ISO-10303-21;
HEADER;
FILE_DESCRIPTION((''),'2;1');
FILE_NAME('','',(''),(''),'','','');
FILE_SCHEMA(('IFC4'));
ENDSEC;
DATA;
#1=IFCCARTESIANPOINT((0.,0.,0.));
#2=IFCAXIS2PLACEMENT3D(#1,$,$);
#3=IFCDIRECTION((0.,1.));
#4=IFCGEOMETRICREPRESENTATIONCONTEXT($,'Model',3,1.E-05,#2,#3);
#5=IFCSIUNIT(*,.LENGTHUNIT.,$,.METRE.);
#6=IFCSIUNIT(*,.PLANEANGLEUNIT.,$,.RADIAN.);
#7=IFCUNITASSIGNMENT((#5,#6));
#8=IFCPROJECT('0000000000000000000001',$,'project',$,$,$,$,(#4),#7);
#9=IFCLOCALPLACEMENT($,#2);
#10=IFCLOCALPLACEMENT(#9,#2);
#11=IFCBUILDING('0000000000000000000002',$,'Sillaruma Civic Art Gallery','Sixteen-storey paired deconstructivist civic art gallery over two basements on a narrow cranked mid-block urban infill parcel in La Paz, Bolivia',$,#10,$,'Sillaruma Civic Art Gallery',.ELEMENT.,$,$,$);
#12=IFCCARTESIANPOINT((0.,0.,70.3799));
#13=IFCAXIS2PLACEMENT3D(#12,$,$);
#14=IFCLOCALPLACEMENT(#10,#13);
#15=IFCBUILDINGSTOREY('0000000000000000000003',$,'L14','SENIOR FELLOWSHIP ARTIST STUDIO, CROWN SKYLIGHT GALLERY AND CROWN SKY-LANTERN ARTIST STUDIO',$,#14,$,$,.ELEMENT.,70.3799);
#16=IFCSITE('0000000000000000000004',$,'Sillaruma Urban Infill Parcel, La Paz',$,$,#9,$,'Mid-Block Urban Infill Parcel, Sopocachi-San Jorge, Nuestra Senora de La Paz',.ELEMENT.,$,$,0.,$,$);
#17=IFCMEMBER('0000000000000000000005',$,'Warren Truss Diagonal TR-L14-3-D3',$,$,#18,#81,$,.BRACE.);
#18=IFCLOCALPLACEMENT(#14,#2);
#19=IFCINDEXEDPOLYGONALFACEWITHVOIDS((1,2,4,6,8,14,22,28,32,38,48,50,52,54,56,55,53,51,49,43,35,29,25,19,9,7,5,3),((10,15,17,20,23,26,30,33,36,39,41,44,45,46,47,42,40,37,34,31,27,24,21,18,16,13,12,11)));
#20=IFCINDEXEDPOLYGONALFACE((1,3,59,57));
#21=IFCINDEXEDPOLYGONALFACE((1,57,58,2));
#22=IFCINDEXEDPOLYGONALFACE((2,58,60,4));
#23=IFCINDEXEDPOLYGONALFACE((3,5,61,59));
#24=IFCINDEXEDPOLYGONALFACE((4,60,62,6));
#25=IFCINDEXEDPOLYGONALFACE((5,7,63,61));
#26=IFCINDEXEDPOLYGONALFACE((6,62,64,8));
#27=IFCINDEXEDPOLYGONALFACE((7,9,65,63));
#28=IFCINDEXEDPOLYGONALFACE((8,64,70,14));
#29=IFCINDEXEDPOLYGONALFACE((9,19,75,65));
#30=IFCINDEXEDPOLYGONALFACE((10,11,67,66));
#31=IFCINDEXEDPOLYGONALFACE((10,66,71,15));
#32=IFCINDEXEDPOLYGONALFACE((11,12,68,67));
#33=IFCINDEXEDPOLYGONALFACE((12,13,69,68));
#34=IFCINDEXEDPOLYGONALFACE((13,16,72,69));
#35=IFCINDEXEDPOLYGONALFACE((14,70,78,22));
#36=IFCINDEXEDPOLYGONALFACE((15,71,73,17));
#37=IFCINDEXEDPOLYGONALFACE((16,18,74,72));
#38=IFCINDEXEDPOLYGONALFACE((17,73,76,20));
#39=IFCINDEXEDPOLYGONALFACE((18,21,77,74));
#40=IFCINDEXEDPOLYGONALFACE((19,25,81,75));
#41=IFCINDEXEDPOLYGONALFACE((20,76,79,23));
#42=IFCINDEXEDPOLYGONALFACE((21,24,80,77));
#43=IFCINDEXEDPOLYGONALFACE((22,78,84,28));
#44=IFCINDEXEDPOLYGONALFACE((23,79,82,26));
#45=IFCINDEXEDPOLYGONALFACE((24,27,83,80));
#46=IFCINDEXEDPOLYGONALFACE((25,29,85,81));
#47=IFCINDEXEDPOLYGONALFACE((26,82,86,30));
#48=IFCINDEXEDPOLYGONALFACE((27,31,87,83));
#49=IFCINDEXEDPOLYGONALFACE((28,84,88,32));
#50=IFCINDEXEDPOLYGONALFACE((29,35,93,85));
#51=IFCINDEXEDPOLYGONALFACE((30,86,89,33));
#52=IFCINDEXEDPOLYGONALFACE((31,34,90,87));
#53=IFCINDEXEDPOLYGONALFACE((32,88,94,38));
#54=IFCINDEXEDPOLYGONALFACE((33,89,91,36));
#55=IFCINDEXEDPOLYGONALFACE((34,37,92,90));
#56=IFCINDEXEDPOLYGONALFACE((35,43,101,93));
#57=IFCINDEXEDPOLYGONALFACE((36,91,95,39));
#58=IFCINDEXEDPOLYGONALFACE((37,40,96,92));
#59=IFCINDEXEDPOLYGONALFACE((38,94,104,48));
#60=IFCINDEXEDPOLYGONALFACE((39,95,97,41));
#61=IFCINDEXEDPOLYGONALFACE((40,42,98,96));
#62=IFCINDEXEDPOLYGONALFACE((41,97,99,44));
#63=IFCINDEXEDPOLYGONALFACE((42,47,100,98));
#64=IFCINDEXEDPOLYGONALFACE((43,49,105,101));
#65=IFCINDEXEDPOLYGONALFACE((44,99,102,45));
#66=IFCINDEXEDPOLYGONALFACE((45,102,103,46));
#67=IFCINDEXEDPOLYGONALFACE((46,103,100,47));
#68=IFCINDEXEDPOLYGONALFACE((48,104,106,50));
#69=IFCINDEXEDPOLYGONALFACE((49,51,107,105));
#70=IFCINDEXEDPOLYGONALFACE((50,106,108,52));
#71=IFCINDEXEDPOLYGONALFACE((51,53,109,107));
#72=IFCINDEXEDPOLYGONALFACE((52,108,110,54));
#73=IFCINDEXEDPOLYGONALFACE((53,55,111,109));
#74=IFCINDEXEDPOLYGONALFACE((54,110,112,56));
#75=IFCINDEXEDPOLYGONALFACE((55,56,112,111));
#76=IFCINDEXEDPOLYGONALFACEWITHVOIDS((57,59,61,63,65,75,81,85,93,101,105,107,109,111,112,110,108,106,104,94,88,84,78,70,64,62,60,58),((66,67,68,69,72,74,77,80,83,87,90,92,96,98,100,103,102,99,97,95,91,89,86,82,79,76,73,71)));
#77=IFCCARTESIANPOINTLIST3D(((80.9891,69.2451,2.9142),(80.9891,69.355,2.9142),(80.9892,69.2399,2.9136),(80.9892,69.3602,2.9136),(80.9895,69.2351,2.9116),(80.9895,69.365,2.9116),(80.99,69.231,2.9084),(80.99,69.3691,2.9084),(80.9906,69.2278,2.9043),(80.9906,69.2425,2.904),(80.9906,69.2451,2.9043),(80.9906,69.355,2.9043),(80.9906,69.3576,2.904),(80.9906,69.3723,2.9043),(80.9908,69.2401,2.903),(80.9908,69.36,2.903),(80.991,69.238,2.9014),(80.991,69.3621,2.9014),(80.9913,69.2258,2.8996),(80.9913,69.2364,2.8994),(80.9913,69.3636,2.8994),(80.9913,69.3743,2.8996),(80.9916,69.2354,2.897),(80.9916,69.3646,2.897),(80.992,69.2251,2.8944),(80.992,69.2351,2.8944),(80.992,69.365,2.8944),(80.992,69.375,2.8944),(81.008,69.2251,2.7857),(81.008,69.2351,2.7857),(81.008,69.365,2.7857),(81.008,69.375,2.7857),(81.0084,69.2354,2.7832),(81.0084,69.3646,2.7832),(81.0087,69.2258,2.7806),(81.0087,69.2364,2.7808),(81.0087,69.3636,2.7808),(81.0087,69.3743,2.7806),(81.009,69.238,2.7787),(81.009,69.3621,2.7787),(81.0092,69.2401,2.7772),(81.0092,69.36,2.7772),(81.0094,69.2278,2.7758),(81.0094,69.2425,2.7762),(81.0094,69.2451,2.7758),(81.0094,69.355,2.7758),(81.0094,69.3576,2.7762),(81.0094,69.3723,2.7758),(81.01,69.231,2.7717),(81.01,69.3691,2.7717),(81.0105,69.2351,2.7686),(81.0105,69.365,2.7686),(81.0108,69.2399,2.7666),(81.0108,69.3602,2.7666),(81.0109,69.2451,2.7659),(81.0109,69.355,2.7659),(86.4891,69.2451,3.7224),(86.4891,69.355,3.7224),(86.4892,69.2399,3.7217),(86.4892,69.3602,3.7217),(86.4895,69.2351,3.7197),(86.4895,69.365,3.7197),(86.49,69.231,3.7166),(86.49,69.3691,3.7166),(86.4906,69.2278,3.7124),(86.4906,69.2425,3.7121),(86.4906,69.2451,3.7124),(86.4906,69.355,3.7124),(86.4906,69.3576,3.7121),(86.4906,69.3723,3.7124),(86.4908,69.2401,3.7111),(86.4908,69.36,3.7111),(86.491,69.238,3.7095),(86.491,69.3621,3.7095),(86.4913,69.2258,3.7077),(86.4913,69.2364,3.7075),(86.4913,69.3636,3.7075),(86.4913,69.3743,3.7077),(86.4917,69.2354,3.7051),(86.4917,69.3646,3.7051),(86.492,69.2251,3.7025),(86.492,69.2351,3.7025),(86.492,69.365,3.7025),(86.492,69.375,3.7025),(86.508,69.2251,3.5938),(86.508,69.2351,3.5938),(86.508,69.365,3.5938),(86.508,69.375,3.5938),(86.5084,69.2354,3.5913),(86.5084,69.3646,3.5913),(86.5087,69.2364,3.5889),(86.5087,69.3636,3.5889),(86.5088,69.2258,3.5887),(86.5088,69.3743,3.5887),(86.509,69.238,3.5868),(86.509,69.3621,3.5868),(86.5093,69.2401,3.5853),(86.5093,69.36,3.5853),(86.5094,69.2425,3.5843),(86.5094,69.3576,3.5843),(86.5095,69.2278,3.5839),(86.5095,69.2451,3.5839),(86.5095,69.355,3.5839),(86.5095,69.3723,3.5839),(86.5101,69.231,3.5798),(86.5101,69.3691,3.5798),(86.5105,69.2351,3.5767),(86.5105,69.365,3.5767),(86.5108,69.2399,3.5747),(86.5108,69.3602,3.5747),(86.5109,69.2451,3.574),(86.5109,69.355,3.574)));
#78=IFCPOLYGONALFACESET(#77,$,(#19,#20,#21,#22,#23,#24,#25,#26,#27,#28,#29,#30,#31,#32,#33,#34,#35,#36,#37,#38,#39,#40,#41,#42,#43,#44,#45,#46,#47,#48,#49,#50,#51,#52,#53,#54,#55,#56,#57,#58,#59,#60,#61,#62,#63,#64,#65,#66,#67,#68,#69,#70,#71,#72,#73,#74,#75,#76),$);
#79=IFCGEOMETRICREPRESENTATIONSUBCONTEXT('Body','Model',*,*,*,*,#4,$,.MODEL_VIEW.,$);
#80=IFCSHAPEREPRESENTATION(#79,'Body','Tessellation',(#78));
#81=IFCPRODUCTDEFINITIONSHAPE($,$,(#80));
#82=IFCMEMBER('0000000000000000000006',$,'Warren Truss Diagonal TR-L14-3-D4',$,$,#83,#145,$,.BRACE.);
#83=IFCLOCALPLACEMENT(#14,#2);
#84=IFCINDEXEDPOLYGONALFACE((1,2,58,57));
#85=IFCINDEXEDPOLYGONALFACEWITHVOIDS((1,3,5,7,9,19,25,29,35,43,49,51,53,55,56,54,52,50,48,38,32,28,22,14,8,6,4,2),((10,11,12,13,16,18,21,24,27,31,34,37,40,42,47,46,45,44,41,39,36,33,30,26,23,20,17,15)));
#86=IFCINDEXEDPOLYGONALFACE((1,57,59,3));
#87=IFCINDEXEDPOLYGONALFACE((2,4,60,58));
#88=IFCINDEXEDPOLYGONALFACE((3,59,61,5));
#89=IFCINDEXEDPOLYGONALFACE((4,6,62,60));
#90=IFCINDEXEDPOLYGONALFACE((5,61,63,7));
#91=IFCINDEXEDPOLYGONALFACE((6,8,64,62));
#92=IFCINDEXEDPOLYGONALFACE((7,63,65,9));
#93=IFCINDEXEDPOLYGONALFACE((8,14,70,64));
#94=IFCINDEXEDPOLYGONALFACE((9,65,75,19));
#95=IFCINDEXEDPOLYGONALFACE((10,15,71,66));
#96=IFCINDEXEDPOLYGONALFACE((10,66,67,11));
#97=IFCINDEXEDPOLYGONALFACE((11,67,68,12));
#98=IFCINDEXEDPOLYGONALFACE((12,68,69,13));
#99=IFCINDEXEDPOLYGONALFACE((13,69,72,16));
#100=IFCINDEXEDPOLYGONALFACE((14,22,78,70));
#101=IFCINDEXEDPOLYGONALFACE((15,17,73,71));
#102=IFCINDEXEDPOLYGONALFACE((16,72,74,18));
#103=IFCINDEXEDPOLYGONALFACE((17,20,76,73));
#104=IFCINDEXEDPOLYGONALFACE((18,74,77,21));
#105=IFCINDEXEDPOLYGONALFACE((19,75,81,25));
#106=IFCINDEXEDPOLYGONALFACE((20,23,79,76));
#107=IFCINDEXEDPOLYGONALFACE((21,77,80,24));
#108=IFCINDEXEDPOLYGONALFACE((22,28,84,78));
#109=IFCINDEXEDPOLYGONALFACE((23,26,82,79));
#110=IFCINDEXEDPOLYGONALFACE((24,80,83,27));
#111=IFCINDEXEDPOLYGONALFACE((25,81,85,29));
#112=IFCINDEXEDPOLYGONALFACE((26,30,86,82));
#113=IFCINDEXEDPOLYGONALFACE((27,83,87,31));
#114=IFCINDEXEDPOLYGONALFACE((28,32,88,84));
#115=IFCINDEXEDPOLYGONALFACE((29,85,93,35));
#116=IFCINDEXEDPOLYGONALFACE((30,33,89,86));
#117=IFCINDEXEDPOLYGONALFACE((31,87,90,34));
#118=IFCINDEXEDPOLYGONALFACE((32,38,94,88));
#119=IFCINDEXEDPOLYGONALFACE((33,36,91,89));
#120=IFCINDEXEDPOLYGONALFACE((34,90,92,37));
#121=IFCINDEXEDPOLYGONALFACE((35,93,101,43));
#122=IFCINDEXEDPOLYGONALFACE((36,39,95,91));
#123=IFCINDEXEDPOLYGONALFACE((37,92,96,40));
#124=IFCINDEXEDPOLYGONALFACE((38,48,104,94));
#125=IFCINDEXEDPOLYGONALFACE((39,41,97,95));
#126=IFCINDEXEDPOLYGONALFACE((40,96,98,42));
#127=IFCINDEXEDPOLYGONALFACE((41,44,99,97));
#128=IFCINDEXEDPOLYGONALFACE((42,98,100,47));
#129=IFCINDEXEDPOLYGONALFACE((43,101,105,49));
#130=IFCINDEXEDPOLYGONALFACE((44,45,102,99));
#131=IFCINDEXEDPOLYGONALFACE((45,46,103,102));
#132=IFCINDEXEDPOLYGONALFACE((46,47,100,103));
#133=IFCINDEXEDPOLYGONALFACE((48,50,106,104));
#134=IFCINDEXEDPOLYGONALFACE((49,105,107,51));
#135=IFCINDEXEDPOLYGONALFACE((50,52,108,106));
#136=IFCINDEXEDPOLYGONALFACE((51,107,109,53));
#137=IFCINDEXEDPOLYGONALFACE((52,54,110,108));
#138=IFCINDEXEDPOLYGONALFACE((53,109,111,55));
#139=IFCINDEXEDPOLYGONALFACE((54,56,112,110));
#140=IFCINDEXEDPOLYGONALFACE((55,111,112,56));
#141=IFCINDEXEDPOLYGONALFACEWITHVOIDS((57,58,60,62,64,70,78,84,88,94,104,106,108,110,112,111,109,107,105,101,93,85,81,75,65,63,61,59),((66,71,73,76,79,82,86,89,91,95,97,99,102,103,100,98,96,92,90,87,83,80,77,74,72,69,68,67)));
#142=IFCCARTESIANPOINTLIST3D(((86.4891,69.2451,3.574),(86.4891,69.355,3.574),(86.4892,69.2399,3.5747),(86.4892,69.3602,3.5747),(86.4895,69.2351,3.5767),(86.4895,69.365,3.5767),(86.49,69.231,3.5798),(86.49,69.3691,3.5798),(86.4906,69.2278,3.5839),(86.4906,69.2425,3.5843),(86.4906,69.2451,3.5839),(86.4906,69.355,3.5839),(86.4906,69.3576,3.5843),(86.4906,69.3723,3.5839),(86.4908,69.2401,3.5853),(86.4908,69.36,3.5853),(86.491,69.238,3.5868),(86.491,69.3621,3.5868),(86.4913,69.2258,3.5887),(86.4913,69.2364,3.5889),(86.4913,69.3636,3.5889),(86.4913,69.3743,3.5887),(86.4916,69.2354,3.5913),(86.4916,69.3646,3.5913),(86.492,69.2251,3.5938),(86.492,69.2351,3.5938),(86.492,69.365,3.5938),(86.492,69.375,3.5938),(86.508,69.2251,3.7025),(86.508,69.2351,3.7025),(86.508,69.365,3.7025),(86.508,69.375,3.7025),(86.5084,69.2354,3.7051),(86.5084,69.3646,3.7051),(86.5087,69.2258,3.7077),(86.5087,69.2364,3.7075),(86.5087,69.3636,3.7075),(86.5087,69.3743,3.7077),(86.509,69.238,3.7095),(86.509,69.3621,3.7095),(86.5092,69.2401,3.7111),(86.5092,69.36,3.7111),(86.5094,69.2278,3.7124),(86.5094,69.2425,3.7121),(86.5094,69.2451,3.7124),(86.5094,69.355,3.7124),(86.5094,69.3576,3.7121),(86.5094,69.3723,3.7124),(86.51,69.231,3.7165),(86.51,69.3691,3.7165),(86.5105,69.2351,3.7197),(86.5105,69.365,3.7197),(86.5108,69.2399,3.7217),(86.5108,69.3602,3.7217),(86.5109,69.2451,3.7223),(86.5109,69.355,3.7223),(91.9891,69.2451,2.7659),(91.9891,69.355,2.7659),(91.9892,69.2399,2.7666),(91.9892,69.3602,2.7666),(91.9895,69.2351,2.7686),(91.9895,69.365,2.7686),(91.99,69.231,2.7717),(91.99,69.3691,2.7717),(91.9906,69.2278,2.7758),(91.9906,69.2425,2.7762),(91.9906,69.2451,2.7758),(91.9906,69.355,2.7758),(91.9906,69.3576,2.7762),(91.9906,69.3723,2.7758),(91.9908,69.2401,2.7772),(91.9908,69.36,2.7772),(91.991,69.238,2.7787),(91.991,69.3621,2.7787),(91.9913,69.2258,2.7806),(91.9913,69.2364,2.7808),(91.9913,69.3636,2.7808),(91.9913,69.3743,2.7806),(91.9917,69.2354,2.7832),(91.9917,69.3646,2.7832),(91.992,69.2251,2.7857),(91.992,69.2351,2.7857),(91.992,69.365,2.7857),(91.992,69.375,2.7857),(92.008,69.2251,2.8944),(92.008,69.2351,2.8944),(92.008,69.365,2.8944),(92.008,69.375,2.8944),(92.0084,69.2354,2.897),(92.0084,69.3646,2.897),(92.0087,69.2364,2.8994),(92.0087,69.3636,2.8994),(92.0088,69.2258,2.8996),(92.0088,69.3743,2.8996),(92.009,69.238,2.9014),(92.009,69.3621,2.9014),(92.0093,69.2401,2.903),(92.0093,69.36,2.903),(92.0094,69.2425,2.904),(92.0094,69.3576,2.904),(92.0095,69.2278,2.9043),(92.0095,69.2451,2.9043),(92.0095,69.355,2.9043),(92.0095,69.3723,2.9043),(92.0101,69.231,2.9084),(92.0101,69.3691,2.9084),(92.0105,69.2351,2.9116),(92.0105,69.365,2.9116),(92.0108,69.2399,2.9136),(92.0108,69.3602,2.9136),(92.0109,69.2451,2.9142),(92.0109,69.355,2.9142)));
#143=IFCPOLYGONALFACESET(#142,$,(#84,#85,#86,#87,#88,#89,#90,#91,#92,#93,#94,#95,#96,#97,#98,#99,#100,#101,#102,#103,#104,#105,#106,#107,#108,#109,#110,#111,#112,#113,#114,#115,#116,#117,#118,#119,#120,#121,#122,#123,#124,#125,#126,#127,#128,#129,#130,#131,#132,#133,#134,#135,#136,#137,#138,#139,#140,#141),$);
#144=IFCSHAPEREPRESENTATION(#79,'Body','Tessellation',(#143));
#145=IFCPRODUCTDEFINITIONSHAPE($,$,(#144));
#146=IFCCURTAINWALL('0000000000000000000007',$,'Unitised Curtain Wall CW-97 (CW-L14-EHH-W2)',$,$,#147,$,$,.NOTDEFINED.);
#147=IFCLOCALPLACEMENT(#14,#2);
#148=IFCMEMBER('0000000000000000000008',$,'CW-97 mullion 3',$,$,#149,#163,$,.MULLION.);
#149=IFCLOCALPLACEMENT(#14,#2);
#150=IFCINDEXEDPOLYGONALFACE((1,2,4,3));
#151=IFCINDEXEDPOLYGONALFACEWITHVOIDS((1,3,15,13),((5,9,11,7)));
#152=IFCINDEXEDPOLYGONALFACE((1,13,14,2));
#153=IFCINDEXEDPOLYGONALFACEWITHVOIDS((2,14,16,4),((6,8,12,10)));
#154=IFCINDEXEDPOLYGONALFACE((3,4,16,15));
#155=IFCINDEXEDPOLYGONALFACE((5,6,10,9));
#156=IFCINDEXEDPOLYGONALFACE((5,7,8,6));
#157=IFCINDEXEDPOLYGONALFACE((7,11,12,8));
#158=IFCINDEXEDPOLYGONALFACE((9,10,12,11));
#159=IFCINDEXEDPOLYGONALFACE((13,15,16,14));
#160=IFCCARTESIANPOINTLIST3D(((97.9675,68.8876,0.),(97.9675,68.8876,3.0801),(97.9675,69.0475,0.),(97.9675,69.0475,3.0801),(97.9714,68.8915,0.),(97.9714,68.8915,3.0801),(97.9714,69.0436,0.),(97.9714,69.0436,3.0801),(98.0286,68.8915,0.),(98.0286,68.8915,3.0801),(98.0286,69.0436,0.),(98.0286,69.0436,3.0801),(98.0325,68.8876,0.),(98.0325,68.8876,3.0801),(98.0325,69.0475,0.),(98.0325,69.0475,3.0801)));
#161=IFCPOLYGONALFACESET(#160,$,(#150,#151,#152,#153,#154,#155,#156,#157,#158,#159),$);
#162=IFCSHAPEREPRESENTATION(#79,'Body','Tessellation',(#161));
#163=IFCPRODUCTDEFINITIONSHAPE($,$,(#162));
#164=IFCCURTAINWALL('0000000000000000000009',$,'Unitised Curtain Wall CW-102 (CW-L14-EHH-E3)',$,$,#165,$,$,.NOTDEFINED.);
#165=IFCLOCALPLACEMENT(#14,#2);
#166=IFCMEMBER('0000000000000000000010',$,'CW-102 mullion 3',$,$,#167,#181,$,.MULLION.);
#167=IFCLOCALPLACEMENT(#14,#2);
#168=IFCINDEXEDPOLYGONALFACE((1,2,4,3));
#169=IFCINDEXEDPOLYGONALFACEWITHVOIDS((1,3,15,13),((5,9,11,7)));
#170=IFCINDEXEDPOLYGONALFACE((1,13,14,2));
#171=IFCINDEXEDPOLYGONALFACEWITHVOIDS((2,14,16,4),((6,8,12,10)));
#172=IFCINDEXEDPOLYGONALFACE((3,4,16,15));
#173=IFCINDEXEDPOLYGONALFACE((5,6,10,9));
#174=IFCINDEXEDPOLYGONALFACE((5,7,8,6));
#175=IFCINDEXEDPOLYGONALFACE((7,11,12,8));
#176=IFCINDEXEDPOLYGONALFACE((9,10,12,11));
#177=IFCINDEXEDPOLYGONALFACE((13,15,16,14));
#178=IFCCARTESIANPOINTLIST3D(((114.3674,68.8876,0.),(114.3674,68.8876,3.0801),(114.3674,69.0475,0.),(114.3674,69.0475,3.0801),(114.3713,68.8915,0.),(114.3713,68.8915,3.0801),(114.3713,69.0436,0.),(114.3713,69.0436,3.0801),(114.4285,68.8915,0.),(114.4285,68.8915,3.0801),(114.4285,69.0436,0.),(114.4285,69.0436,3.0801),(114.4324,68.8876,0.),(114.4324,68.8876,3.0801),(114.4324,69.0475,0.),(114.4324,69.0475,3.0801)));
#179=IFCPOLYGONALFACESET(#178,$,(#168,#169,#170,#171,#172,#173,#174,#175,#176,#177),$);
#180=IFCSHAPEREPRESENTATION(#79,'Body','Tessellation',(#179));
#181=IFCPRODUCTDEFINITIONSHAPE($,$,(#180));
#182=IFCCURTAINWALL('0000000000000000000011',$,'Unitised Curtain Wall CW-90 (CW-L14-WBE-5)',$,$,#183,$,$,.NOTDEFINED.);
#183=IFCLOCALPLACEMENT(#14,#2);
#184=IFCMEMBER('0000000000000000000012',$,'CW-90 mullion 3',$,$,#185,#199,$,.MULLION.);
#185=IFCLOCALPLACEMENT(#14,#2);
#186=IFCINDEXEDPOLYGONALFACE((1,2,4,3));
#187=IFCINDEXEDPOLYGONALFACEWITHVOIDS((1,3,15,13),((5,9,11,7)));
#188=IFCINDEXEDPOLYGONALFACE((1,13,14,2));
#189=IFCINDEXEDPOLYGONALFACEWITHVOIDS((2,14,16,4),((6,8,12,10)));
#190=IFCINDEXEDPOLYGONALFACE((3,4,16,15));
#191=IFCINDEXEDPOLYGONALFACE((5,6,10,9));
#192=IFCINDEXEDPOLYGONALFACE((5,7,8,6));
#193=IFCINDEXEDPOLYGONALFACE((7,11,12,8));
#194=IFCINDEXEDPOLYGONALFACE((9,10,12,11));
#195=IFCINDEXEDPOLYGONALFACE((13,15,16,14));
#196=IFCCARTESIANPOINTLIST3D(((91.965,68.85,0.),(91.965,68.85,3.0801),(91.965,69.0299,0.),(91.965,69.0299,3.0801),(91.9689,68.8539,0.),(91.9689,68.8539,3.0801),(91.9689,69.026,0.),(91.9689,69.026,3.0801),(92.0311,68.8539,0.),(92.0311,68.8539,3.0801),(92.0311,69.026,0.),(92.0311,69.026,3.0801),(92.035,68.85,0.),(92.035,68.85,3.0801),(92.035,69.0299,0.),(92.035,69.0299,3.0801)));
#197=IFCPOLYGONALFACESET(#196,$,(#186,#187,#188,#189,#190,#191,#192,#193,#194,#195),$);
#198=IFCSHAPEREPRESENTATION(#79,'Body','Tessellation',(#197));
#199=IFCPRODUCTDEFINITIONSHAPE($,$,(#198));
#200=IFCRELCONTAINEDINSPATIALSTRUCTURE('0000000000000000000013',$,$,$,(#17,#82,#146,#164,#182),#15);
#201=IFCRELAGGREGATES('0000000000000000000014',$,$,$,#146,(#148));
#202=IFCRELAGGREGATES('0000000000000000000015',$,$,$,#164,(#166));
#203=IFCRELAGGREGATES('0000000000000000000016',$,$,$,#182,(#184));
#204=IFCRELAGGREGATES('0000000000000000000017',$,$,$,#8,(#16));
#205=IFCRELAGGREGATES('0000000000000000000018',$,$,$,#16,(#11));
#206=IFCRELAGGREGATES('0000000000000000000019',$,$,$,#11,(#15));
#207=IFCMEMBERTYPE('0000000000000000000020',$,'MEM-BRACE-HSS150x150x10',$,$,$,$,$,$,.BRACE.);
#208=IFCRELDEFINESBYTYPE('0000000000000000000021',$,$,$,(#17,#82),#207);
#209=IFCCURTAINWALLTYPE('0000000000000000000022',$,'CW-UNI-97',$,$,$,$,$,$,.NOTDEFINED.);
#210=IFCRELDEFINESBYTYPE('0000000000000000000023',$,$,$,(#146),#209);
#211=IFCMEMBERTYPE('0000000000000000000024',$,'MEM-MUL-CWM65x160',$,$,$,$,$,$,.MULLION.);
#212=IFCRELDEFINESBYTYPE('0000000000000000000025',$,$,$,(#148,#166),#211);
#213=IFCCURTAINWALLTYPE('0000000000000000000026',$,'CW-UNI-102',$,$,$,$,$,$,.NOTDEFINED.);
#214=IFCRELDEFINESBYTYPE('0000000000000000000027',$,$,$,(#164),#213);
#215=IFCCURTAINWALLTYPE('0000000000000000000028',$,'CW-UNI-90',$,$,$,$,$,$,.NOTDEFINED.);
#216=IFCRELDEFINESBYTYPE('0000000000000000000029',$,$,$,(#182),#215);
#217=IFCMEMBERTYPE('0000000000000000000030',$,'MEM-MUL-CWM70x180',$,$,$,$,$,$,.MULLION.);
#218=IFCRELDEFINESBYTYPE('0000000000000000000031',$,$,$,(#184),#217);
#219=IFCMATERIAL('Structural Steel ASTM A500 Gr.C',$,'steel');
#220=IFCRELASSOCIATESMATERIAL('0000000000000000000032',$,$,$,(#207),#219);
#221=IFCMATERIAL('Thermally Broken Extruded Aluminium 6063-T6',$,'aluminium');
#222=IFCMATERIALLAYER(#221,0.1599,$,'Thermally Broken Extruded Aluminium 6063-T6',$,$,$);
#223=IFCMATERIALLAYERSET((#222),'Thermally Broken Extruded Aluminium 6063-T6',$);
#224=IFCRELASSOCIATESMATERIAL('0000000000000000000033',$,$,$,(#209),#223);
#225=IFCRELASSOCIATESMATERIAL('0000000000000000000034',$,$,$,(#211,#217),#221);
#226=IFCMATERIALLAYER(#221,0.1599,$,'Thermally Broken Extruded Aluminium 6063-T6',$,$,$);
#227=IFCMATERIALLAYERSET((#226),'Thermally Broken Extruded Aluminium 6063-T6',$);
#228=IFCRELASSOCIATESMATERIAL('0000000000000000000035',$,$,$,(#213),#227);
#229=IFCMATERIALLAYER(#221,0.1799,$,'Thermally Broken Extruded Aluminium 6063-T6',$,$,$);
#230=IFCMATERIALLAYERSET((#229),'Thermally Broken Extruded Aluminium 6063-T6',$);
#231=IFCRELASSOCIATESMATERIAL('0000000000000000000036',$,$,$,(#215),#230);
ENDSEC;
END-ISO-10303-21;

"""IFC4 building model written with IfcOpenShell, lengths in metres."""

from ifc_helpers import new_model, si_unit, direction, frame, origin, origin_2d, place, context, subcontext, project, spatial, hollow_rectangle, extrude, material, layer, layer_set, material_profile, profile_set, type_object, element, aggregate, save


model = new_model("IFC4")

# Units and contexts
model_context = context("Model", 3, precision=1e-05, world=origin(), true_north=direction((0.0, 1.0)))
body_context = subcontext(model_context, "Body", "Model", "MODEL_VIEW")
ifc_project = project(units=[si_unit("LENGTHUNIT", "METRE"), si_unit("PLANEANGLEUNIT", "RADIAN")], contexts=[model_context])

# Site, building, storey
site_placement = place(None, origin())
site = spatial("IfcSite", under=ifc_project, at=site_placement, Name="Sillaruma Urban Infill Parcel, La Paz", LongName="Mid-Block Urban Infill Parcel, Sopocachi-San Jorge, Nuestra Senora de La Paz", CompositionType="ELEMENT", RefElevation=0.0)
building_placement = place(site_placement, origin())
building = spatial("IfcBuilding", under=site, at=building_placement, Name="Sillaruma Civic Art Gallery", Description="Sixteen-storey paired deconstructivist civic art gallery over two basements on a narrow cranked mid-block urban infill parcel in La Paz, Bolivia", LongName="Sillaruma Civic Art Gallery", CompositionType="ELEMENT")
storey_placement = place(building_placement, frame((0.0, 0.0, 70.3799)))
storey = spatial("IfcBuildingStorey", under=building, at=storey_placement, Name="L14", Description="SENIOR FELLOWSHIP ARTIST STUDIO, CROWN SKYLIGHT GALLERY AND CROWN SKY-LANTERN ARTIST STUDIO", CompositionType="ELEMENT", Elevation=70.3799)

# Members
ifc_material_1 = material(Name="Structural Steel ASTM A500 Gr.C", Category="steel")
ifc_material_profile_1 = material_profile(ifc_material_1, hollow_rectangle(XDim=0.1499, YDim=0.1499, WallThickness=0.01, InnerFilletRadius=0.01, OuterFilletRadius=0.02, at=origin_2d()), Name="HSS150x150x10")
ifc_profile_set_1 = profile_set([ifc_material_profile_1], Name="Structural Steel ASTM A500 Gr.C")
member_type_1 = type_object("IfcMemberType", Name="MEM-BRACE-HSS150x150x10", PredefinedType="BRACE", material=ifc_profile_set_1)
for number, where, z_axis, x_axis, name in (
    (1, (81.0, 69.3, 2.8401), (0.989378, 0.0, 0.145368), (0.0, 1.0, 0.0), "Warren Truss Diagonal TR-L14-3-D3"),
    (2, (86.5, 69.3, 3.6482), (0.989378, 0.0, -0.145368), (0.0, 1.0, 0.0), "Warren Truss Diagonal TR-L14-3-D4"),
):
    element("IfcMember", number, at=place(storey_placement, frame(where, z_axis=z_axis, x_axis=x_axis)), inside=storey, type_object=member_type_1, Name=name, PredefinedType="BRACE", context=body_context, shape_type="SweptSolid", body=[
        extrude(hollow_rectangle(XDim=0.1499, YDim=0.1499, WallThickness=0.01, InnerFilletRadius=0.01, OuterFilletRadius=0.02, at=origin_2d()), origin(), (0.0, 0.0, 1.0), 5.5591),
    ])

# Curtain walls, members
ifc_material_2 = material(Name="Thermally Broken Extruded Aluminium 6063-T6", Category="aluminium")
ifc_layer_1 = layer(ifc_material_2, 0.1599, Name="Thermally Broken Extruded Aluminium 6063-T6")
ifc_layer_set_1 = layer_set([ifc_layer_1], Name="Thermally Broken Extruded Aluminium 6063-T6")
curtain_wall_type_1 = type_object("IfcCurtainWallType", Name="CW-UNI-97", PredefinedType="NOTDEFINED", material=ifc_layer_set_1)
curtain_wall_1_placement = place(storey_placement, origin())
curtain_wall_1 = element("IfcCurtainWall", 3, at=curtain_wall_1_placement, inside=storey, type_object=curtain_wall_type_1, Name="Unitised Curtain Wall CW-97 (CW-L14-EHH-W2)", PredefinedType="NOTDEFINED")
ifc_material_profile_2 = material_profile(ifc_material_2, hollow_rectangle(XDim=0.0649, YDim=0.1599, WallThickness=0.0039, at=origin_2d()), Name="CWM65x160")
ifc_profile_set_2 = profile_set([ifc_material_profile_2], Name="Thermally Broken Extruded Aluminium 6063-T6")
member_type_2 = type_object("IfcMemberType", Name="MEM-MUL-CWM65x160", PredefinedType="MULLION", material=ifc_profile_set_2)
member_1_placement = place(storey_placement, frame((98.0, 68.9675, 0.0), z_axis=(0.0, 0.0, 1.0), x_axis=(-1.0, 0.0, 0.0)))
member_1 = element("IfcMember", 4, at=member_1_placement, type_object=member_type_2, Name="CW-97 mullion 3", PredefinedType="MULLION", context=body_context, shape_type="SweptSolid", body=[
    extrude(hollow_rectangle(XDim=0.0649, YDim=0.1599, WallThickness=0.0039, at=origin_2d()), origin(), (0.0, 0.0, 1.0), 3.0801),
])
ifc_layer_2 = layer(ifc_material_2, 0.1599, Name="Thermally Broken Extruded Aluminium 6063-T6")
ifc_layer_set_2 = layer_set([ifc_layer_2], Name="Thermally Broken Extruded Aluminium 6063-T6")
curtain_wall_type_2 = type_object("IfcCurtainWallType", Name="CW-UNI-102", PredefinedType="NOTDEFINED", material=ifc_layer_set_2)
curtain_wall_2_placement = place(storey_placement, origin())
curtain_wall_2 = element("IfcCurtainWall", 5, at=curtain_wall_2_placement, inside=storey, type_object=curtain_wall_type_2, Name="Unitised Curtain Wall CW-102 (CW-L14-EHH-E3)", PredefinedType="NOTDEFINED")
member_2_placement = place(storey_placement, frame((114.3999, 68.9675, 0.0), z_axis=(0.0, 0.0, 1.0), x_axis=(-1.0, 0.0, 0.0)))
member_2 = element("IfcMember", 6, at=member_2_placement, type_object=member_type_2, Name="CW-102 mullion 3", PredefinedType="MULLION", context=body_context, shape_type="SweptSolid", body=[
    extrude(hollow_rectangle(XDim=0.0649, YDim=0.1599, WallThickness=0.0039, at=origin_2d()), origin(), (0.0, 0.0, 1.0), 3.0801),
])
ifc_layer_3 = layer(ifc_material_2, 0.1799, Name="Thermally Broken Extruded Aluminium 6063-T6")
ifc_layer_set_3 = layer_set([ifc_layer_3], Name="Thermally Broken Extruded Aluminium 6063-T6")
curtain_wall_type_3 = type_object("IfcCurtainWallType", Name="CW-UNI-90", PredefinedType="NOTDEFINED", material=ifc_layer_set_3)
curtain_wall_3_placement = place(storey_placement, origin())
curtain_wall_3 = element("IfcCurtainWall", 7, at=curtain_wall_3_placement, inside=storey, type_object=curtain_wall_type_3, Name="Unitised Curtain Wall CW-90 (CW-L14-WBE-5)", PredefinedType="NOTDEFINED")
ifc_material_profile_3 = material_profile(ifc_material_2, hollow_rectangle(XDim=0.0701, YDim=0.1799, WallThickness=0.0039, at=origin_2d()), Name="CWM70x180")
ifc_profile_set_3 = profile_set([ifc_material_profile_3], Name="Thermally Broken Extruded Aluminium 6063-T6")
member_type_3 = type_object("IfcMemberType", Name="MEM-MUL-CWM70x180", PredefinedType="MULLION", material=ifc_profile_set_3)
member_3_placement = place(storey_placement, frame((92.0, 68.9399, 0.0), z_axis=(0.0, 0.0, 1.0), x_axis=(-1.0, 0.0, 0.0)))
member_3 = element("IfcMember", 8, at=member_3_placement, type_object=member_type_3, Name="CW-90 mullion 3", PredefinedType="MULLION", context=body_context, shape_type="SweptSolid", body=[
    extrude(hollow_rectangle(XDim=0.0701, YDim=0.1799, WallThickness=0.0039, at=origin_2d()), origin(), (0.0, 0.0, 1.0), 3.0801),
])

aggregate(curtain_wall_1, [member_1])
aggregate(curtain_wall_2, [member_2])
aggregate(curtain_wall_3, [member_3])

save(model, "model.ifc")
